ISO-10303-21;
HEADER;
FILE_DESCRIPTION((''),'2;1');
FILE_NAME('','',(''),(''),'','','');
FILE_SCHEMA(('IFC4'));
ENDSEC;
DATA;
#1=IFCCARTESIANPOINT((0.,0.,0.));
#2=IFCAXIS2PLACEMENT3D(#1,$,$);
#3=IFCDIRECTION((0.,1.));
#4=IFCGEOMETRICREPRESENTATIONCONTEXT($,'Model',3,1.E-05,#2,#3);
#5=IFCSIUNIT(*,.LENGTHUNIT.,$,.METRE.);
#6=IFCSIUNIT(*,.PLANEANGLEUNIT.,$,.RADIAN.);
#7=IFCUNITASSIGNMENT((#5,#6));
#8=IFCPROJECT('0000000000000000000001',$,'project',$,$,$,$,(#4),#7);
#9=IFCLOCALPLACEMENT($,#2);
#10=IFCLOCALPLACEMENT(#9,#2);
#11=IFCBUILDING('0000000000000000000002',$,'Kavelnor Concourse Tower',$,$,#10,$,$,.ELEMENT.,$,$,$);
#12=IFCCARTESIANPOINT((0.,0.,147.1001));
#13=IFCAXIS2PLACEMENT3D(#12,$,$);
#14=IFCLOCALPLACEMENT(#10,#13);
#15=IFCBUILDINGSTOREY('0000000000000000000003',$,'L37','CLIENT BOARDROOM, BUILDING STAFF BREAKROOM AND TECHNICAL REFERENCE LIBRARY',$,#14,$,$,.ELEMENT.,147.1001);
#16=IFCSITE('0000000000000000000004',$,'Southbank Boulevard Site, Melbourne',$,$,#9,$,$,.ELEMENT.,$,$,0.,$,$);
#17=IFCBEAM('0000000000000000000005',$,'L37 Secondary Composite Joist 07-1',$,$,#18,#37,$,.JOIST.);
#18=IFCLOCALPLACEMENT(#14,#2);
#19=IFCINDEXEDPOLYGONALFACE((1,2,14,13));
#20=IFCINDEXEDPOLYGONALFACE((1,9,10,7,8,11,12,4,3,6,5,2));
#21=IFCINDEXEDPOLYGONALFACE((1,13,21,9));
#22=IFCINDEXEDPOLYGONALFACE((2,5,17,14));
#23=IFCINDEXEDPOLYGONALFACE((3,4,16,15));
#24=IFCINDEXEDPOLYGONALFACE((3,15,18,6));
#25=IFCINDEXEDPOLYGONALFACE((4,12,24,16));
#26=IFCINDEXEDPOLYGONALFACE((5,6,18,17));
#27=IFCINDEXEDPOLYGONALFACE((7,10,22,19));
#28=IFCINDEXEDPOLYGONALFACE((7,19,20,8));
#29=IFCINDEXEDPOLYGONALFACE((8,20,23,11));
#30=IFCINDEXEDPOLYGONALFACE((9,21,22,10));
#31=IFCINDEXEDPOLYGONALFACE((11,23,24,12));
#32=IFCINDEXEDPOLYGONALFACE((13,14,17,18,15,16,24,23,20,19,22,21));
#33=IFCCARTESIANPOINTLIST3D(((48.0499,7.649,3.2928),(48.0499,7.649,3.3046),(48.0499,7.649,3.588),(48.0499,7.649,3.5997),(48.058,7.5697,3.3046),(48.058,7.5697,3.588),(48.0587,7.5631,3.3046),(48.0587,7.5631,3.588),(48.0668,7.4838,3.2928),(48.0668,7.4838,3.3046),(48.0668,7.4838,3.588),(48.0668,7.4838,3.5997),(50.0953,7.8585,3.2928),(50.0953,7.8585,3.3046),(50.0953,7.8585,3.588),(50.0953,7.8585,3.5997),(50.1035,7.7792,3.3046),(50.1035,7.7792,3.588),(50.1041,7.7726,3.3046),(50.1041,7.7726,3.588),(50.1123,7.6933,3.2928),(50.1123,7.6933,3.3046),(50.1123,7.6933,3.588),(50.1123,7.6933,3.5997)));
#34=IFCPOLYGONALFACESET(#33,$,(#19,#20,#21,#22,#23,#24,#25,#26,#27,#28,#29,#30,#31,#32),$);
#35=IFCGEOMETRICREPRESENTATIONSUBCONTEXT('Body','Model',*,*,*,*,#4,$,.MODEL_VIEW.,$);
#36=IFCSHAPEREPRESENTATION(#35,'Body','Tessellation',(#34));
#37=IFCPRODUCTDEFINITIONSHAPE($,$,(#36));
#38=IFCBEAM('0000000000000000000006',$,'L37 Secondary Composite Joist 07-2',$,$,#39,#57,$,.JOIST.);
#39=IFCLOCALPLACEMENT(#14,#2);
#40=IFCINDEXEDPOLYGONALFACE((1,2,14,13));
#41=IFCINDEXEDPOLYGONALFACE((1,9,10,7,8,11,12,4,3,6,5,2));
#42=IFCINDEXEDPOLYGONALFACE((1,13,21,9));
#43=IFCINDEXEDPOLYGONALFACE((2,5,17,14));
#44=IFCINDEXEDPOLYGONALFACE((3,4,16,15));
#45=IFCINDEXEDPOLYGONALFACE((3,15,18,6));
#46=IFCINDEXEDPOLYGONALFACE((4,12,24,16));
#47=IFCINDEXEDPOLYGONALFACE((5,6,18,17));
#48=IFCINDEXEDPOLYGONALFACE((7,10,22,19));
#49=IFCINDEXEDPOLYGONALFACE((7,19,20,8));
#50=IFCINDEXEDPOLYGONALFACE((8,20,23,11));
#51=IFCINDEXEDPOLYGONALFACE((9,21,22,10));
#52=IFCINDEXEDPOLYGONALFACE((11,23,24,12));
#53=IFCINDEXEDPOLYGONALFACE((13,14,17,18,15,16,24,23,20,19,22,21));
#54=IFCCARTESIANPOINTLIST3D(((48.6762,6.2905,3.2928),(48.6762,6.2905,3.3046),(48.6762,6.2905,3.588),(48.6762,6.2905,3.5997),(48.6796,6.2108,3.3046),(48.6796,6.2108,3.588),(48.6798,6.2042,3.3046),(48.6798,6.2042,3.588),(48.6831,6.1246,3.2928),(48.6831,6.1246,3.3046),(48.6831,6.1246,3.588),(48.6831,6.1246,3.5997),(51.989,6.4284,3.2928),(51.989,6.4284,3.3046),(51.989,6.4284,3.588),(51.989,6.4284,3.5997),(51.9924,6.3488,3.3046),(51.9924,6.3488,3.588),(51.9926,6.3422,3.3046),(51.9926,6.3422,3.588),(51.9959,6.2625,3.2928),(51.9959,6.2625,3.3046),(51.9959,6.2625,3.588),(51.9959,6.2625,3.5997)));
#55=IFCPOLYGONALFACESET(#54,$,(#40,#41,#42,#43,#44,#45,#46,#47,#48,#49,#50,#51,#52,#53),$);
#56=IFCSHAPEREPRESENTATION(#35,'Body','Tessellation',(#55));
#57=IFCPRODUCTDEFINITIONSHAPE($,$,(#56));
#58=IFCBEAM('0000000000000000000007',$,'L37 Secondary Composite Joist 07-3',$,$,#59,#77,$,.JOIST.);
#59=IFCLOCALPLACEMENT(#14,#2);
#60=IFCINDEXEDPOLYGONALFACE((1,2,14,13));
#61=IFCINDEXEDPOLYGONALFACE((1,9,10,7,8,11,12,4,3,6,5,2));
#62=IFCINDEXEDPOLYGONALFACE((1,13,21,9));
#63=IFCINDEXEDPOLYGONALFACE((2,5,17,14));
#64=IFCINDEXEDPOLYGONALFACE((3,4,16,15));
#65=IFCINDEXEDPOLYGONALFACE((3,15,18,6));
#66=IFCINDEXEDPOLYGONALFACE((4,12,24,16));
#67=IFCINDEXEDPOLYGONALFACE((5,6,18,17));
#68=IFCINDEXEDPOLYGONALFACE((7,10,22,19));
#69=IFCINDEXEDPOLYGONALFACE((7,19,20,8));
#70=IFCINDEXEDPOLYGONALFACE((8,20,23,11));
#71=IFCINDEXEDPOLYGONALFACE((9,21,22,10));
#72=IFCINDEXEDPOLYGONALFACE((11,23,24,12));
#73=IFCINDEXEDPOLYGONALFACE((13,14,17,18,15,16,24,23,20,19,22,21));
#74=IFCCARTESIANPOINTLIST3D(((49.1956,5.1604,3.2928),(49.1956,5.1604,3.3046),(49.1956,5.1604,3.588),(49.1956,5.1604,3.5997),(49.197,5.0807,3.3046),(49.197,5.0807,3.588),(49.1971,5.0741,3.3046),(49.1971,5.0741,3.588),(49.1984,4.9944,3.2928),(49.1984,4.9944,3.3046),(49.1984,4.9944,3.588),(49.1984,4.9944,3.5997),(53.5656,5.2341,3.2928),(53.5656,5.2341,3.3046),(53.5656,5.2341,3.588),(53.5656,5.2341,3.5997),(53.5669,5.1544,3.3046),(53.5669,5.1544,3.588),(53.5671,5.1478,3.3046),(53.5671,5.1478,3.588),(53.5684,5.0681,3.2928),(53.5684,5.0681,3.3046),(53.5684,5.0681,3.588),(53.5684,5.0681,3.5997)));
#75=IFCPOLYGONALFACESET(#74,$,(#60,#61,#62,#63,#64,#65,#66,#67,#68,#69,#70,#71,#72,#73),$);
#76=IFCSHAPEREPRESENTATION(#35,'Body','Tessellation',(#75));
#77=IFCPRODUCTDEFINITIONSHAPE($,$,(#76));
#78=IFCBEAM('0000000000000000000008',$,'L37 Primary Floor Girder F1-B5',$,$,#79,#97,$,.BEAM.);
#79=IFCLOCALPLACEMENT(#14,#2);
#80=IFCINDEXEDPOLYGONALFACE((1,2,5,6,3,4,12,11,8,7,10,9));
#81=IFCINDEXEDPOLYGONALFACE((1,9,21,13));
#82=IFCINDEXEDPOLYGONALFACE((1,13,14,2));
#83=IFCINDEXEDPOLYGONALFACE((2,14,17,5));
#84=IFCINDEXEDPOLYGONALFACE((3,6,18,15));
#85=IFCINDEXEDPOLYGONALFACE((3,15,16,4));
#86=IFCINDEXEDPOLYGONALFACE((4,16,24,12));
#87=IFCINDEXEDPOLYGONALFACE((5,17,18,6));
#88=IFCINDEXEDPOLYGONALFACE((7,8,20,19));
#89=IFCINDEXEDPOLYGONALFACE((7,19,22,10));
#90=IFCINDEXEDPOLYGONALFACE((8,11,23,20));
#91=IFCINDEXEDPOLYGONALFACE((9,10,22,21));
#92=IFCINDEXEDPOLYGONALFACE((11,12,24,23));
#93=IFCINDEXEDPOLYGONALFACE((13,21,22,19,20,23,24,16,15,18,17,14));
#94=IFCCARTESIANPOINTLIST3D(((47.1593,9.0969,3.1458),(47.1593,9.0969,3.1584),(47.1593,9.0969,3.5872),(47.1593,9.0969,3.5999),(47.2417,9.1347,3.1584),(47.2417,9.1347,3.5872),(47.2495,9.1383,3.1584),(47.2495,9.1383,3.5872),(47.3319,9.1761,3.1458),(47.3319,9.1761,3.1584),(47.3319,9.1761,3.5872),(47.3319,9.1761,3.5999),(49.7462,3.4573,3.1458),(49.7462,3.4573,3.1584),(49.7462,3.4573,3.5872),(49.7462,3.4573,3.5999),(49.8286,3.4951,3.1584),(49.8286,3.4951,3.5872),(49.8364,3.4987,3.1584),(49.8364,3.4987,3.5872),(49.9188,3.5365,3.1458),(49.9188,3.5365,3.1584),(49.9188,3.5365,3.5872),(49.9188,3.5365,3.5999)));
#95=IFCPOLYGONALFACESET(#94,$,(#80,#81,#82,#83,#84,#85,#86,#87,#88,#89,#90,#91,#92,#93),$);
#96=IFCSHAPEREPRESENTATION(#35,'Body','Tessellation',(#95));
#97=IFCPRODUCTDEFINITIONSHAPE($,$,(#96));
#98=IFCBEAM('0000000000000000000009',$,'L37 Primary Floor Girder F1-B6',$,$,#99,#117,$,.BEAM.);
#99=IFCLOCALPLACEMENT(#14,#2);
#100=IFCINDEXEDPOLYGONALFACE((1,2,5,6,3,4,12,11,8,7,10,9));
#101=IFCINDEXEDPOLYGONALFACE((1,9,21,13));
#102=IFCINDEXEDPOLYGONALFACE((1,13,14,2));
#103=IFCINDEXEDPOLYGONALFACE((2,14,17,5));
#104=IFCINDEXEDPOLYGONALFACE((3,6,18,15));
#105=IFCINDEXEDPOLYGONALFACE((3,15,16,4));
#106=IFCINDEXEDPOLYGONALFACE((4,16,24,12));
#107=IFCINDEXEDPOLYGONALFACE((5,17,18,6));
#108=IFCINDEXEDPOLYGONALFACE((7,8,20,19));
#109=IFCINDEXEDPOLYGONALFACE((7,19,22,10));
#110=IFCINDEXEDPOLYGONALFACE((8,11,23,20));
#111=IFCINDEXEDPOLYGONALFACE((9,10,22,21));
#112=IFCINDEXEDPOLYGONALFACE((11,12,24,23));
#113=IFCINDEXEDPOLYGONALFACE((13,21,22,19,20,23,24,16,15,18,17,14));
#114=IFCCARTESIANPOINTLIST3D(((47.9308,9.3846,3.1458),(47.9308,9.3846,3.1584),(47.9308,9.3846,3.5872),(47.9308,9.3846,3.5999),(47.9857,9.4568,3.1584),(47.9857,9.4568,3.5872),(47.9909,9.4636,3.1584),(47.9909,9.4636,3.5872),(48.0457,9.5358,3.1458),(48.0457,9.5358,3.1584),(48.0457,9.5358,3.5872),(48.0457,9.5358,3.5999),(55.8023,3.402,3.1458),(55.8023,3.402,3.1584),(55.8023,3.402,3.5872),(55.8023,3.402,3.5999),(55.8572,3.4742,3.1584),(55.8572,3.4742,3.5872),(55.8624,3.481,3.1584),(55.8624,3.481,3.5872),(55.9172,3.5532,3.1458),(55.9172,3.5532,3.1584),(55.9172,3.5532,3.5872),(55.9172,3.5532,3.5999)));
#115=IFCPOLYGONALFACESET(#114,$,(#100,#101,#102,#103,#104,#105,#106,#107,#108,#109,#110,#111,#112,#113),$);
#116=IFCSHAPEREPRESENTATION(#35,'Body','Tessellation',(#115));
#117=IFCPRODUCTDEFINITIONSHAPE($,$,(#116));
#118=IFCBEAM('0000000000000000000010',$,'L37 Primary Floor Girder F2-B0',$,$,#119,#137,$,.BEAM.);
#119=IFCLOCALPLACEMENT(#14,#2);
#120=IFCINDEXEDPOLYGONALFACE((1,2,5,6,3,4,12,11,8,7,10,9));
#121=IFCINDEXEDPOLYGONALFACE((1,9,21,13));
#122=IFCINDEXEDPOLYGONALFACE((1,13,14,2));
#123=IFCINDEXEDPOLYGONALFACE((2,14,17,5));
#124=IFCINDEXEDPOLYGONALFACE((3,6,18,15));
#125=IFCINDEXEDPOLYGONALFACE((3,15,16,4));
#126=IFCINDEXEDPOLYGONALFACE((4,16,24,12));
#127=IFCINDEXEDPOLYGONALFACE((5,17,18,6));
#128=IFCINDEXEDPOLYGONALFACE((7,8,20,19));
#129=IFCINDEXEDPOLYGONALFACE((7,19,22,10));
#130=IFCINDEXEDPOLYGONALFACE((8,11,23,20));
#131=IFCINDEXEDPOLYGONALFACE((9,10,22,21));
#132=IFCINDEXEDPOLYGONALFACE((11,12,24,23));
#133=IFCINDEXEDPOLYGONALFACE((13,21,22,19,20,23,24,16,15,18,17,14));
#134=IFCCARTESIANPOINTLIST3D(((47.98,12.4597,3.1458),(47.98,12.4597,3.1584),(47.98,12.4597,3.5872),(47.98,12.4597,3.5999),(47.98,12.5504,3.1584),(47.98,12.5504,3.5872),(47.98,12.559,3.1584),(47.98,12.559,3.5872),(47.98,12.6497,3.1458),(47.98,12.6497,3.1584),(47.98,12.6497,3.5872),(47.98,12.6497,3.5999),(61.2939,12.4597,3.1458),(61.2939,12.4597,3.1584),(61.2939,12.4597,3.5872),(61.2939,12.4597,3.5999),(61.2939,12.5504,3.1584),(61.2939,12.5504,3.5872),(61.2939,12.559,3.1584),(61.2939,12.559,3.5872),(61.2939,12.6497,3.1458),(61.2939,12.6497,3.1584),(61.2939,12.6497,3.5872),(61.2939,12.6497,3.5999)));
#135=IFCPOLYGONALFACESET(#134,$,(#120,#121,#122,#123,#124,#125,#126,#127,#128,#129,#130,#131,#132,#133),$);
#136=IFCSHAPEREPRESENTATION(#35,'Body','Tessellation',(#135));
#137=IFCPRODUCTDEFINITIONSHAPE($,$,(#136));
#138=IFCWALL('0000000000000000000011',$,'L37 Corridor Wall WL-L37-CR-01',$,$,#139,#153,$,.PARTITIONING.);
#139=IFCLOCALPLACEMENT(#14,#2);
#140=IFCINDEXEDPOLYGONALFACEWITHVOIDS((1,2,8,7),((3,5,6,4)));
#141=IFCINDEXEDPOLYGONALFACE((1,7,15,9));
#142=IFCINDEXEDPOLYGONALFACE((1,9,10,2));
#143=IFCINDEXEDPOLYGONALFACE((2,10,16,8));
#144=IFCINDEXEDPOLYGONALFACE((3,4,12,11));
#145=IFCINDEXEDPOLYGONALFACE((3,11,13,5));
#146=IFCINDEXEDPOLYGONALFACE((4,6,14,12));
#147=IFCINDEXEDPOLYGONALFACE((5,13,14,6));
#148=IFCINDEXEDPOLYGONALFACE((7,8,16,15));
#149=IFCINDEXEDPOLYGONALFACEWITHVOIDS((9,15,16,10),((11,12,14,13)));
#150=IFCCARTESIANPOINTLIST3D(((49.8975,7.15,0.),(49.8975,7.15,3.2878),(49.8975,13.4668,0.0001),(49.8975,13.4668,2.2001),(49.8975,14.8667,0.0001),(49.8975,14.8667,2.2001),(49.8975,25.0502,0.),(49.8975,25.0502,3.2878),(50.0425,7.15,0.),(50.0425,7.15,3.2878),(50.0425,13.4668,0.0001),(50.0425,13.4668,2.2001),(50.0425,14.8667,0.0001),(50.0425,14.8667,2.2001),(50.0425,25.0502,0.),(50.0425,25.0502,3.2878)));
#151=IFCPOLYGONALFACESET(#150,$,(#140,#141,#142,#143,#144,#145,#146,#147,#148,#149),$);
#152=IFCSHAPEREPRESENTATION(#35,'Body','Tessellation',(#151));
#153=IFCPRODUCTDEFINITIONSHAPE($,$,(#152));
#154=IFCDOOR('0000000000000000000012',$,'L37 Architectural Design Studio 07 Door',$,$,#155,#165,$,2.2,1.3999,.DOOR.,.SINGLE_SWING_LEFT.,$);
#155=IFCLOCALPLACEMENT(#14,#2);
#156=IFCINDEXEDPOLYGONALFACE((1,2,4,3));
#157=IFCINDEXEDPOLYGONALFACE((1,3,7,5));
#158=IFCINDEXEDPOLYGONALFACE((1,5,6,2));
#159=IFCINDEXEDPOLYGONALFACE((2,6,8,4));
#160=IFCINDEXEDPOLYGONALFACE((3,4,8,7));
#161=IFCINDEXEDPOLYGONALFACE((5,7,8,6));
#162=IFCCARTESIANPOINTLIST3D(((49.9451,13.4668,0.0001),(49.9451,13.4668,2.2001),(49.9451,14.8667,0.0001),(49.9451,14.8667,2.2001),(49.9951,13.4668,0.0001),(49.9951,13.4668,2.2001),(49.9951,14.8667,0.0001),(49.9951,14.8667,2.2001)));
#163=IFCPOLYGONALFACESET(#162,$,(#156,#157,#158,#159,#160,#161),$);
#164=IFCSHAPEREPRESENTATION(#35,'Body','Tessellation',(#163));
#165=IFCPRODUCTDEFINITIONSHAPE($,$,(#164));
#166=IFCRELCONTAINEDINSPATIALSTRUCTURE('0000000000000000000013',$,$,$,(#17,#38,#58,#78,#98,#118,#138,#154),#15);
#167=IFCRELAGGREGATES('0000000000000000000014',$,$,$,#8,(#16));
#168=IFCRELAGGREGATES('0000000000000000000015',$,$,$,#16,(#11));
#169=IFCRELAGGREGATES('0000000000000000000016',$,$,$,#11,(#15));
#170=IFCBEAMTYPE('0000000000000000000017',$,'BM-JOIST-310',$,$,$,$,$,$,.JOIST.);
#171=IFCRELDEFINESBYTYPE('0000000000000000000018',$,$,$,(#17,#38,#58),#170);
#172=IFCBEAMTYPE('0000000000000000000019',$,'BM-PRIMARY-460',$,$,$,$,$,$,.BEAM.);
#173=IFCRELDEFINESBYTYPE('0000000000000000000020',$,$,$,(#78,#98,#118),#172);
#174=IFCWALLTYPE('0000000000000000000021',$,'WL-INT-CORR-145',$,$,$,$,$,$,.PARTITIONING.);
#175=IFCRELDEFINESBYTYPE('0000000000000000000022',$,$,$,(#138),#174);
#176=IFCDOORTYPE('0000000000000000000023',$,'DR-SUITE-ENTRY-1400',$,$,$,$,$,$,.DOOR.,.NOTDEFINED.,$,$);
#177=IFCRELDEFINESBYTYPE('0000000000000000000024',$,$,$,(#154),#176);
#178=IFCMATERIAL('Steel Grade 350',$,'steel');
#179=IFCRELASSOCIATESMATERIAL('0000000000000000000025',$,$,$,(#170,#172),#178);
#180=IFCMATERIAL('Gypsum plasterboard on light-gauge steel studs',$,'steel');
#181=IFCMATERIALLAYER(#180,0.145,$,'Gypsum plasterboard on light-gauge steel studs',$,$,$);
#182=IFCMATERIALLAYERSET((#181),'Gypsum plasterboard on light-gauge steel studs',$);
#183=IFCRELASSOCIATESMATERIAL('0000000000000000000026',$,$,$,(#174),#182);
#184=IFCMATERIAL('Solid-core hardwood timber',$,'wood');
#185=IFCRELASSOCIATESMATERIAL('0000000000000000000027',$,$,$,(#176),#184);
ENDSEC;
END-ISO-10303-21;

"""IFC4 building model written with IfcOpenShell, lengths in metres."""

from ifc_helpers import new_model, si_unit, direction, frame, frame_2d, origin, origin_2d, place, context, subcontext, project, spatial, rectangle, i_section, extrude, material, layer, layer_set, material_profile, profile_set, type_object, element, fill, save


model = new_model("IFC4")

# Units and contexts
model_context = context("Model", 3, precision=1e-05, world=origin(), true_north=direction((0.0, 1.0)))
body_context = subcontext(model_context, "Body", "Model", "MODEL_VIEW")
ifc_project = project(units=[si_unit("LENGTHUNIT", "METRE"), si_unit("PLANEANGLEUNIT", "RADIAN")], contexts=[model_context])

# Site, building, storey
site_placement = place(None, origin())
site = spatial("IfcSite", under=ifc_project, at=site_placement, Name="Southbank Boulevard Site, Melbourne", CompositionType="ELEMENT", RefElevation=0.0)
building_placement = place(site_placement, origin())
building = spatial("IfcBuilding", under=site, at=building_placement, Name="Kavelnor Concourse Tower", CompositionType="ELEMENT")
storey_placement = place(building_placement, frame((0.0, 0.0, 147.1001)))
storey = spatial("IfcBuildingStorey", under=building, at=storey_placement, Name="L37", Description="CLIENT BOARDROOM, BUILDING STAFF BREAKROOM AND TECHNICAL REFERENCE LIBRARY", CompositionType="ELEMENT", Elevation=147.1001)

# Beams
ifc_material_1 = material(Name="Steel Grade 350", Category="steel")
ifc_material_profile_1 = material_profile(ifc_material_1, i_section(OverallWidth=0.166, OverallDepth=0.3069, WebThickness=0.0066, FlangeThickness=0.0117, at=origin_2d()), Name="310UB46")
ifc_profile_set_1 = profile_set([ifc_material_profile_1], Name="Steel Grade 350")
beam_type_1 = type_object("IfcBeamType", Name="BM-JOIST-310", PredefinedType="JOIST", material=ifc_profile_set_1)
beam_1_placement = place(storey_placement, frame((48.0583, 7.5664, 3.4463), z_axis=(0.994797, 0.101878, 0.0), x_axis=(-0.101878, 0.994797, 0.0)))
element("IfcBeam", 1, at=beam_1_placement, inside=storey, type_object=beam_type_1, Name="L37 Secondary Composite Joist 07-1", PredefinedType="JOIST", context=body_context, shape_type="SweptSolid", body=[
    extrude(i_section(OverallWidth=0.166, OverallDepth=0.3069, WebThickness=0.0066, FlangeThickness=0.0117, at=origin_2d()), origin(), (0.0, 0.0, 1.0), 2.0562),
])
beam_2_placement = place(storey_placement, frame((48.6797, 6.2075, 3.4463), z_axis=(0.999134, 0.041603, 0.0), x_axis=(-0.041603, 0.999134, 0.0)))
element("IfcBeam", 2, at=beam_2_placement, inside=storey, type_object=beam_type_1, Name="L37 Secondary Composite Joist 07-2", PredefinedType="JOIST", context=body_context, shape_type="SweptSolid", body=[
    extrude(i_section(OverallWidth=0.166, OverallDepth=0.3069, WebThickness=0.0066, FlangeThickness=0.0117, at=origin_2d()), origin(), (0.0, 0.0, 1.0), 3.3157),
])
beam_3_placement = place(storey_placement, frame((49.197, 5.0774, 3.4463), z_axis=(0.999858, 0.01687, 0.0), x_axis=(-0.01687, 0.999858, 0.0)))
element("IfcBeam", 3, at=beam_3_placement, inside=storey, type_object=beam_type_1, Name="L37 Secondary Composite Joist 07-3", PredefinedType="JOIST", context=body_context, shape_type="SweptSolid", body=[
    extrude(i_section(OverallWidth=0.166, OverallDepth=0.3069, WebThickness=0.0066, FlangeThickness=0.0117, at=origin_2d()), origin(), (0.0, 0.0, 1.0), 4.3706),
])
ifc_material_profile_2 = material_profile(ifc_material_1, i_section(OverallWidth=0.1899, OverallDepth=0.4541, WebThickness=0.0085, FlangeThickness=0.0127, at=origin_2d()), Name="460UB67")
ifc_profile_set_2 = profile_set([ifc_material_profile_2], Name="Steel Grade 350")
beam_type_2 = type_object("IfcBeamType", Name="BM-PRIMARY-460", PredefinedType="BEAM", material=ifc_profile_set_2)
beam_4_placement = place(storey_placement, frame((47.2456, 9.1365, 3.3728), z_axis=(0.416931, -0.908938, 0.0), x_axis=(0.908938, 0.416931, 0.0)))
element("IfcBeam", 4, at=beam_4_placement, inside=storey, type_object=beam_type_2, Name="L37 Primary Floor Girder F1-B5", PredefinedType="BEAM", context=body_context, shape_type="SweptSolid", body=[
    extrude(i_section(OverallWidth=0.1899, OverallDepth=0.4541, WebThickness=0.0085, FlangeThickness=0.0127, at=origin_2d()), origin(), (0.0, 0.0, 1.0), 6.2046),
])
beam_5_placement = place(storey_placement, frame((47.9883, 9.4602, 3.3728), z_axis=(0.796149, -0.6051, 0.0), x_axis=(0.6051, 0.796149, 0.0)))
element("IfcBeam", 5, at=beam_5_placement, inside=storey, type_object=beam_type_2, Name="L37 Primary Floor Girder F1-B6", PredefinedType="BEAM", context=body_context, shape_type="SweptSolid", body=[
    extrude(i_section(OverallWidth=0.1899, OverallDepth=0.4541, WebThickness=0.0085, FlangeThickness=0.0127, at=origin_2d()), origin(), (0.0, 0.0, 1.0), 9.887),
])
beam_6_placement = place(storey_placement, frame((47.98, 12.5547, 3.3728), z_axis=(1.0, 0.0, 0.0), x_axis=(0.0, 1.0, 0.0)))
element("IfcBeam", 6, at=beam_6_placement, inside=storey, type_object=beam_type_2, Name="L37 Primary Floor Girder F2-B0", PredefinedType="BEAM", context=body_context, shape_type="SweptSolid", body=[
    extrude(i_section(OverallWidth=0.1899, OverallDepth=0.4541, WebThickness=0.0085, FlangeThickness=0.0127, at=origin_2d()), origin(), (0.0, 0.0, 1.0), 13.314),
])

# Wall, opening, door
ifc_material_2 = material(Name="Gypsum plasterboard on light-gauge steel studs", Category="steel")
ifc_layer_1 = layer(ifc_material_2, 0.145, Name="Gypsum plasterboard on light-gauge steel studs")
ifc_layer_set_1 = layer_set([ifc_layer_1], Name="Gypsum plasterboard on light-gauge steel studs")
wall_type_1 = type_object("IfcWallType", Name="WL-INT-CORR-145", PredefinedType="PARTITIONING", material=ifc_layer_set_1)
wall_1_placement = place(storey_placement, frame((49.97, 7.1499, 0.0), z_axis=(0.0, 0.0, 1.0), x_axis=(0.0, 1.0, 0.0)))
wall_1 = element("IfcWall", 7, at=wall_1_placement, inside=storey, type_object=wall_type_1, Name="L37 Corridor Wall WL-L37-CR-01", PredefinedType="PARTITIONING", context=body_context, shape_type="SweptSolid", body=[
    extrude(rectangle(XDim=17.9001, YDim=0.145, at=frame_2d((8.9502, 0.0))), origin(), (0.0, 0.0, 1.0), 3.2878),
])
opening_1_placement = place(wall_1_placement, frame((6.3169, 0.0, 0.0)))
opening_1 = element("IfcOpeningElement", 8, at=opening_1_placement, cuts=wall_1, PredefinedType="OPENING", context=body_context, shape_type="SweptSolid", body=[
    extrude(rectangle(XDim=1.3999, YDim=2.2, at=frame_2d((0.7, 1.1001))), frame((0.0, 0.0825, 0.0), z_axis=(0.0, -1.0, 0.0), x_axis=(1.0, 0.0, 0.0)), (0.0, 0.0, 1.0), 0.165),
])
ifc_material_3 = material(Name="Solid-core hardwood timber", Category="wood")
door_type_1 = type_object("IfcDoorType", Name="DR-SUITE-ENTRY-1400", OperationType="NOTDEFINED", PredefinedType="DOOR", material=ifc_material_3)
door_1_placement = place(opening_1_placement, origin())
door_1 = element("IfcDoor", 9, at=door_1_placement, inside=storey, type_object=door_type_1, Name="L37 Architectural Design Studio 07 Door", OperationType="SINGLE_SWING_LEFT", OverallHeight=2.2, OverallWidth=1.3999, PredefinedType="DOOR", context=body_context, shape_type="SweptSolid", body=[
    extrude(rectangle(XDim=1.3999, YDim=2.2, at=frame_2d((0.7, 1.1001))), frame((0.0, 0.0249, 0.0), z_axis=(0.0, -1.0, 0.0), x_axis=(1.0, 0.0, 0.0)), (0.0, 0.0, 1.0), 0.05),
])
fill(opening_1, door_1)

save(model, "model.ifc")
